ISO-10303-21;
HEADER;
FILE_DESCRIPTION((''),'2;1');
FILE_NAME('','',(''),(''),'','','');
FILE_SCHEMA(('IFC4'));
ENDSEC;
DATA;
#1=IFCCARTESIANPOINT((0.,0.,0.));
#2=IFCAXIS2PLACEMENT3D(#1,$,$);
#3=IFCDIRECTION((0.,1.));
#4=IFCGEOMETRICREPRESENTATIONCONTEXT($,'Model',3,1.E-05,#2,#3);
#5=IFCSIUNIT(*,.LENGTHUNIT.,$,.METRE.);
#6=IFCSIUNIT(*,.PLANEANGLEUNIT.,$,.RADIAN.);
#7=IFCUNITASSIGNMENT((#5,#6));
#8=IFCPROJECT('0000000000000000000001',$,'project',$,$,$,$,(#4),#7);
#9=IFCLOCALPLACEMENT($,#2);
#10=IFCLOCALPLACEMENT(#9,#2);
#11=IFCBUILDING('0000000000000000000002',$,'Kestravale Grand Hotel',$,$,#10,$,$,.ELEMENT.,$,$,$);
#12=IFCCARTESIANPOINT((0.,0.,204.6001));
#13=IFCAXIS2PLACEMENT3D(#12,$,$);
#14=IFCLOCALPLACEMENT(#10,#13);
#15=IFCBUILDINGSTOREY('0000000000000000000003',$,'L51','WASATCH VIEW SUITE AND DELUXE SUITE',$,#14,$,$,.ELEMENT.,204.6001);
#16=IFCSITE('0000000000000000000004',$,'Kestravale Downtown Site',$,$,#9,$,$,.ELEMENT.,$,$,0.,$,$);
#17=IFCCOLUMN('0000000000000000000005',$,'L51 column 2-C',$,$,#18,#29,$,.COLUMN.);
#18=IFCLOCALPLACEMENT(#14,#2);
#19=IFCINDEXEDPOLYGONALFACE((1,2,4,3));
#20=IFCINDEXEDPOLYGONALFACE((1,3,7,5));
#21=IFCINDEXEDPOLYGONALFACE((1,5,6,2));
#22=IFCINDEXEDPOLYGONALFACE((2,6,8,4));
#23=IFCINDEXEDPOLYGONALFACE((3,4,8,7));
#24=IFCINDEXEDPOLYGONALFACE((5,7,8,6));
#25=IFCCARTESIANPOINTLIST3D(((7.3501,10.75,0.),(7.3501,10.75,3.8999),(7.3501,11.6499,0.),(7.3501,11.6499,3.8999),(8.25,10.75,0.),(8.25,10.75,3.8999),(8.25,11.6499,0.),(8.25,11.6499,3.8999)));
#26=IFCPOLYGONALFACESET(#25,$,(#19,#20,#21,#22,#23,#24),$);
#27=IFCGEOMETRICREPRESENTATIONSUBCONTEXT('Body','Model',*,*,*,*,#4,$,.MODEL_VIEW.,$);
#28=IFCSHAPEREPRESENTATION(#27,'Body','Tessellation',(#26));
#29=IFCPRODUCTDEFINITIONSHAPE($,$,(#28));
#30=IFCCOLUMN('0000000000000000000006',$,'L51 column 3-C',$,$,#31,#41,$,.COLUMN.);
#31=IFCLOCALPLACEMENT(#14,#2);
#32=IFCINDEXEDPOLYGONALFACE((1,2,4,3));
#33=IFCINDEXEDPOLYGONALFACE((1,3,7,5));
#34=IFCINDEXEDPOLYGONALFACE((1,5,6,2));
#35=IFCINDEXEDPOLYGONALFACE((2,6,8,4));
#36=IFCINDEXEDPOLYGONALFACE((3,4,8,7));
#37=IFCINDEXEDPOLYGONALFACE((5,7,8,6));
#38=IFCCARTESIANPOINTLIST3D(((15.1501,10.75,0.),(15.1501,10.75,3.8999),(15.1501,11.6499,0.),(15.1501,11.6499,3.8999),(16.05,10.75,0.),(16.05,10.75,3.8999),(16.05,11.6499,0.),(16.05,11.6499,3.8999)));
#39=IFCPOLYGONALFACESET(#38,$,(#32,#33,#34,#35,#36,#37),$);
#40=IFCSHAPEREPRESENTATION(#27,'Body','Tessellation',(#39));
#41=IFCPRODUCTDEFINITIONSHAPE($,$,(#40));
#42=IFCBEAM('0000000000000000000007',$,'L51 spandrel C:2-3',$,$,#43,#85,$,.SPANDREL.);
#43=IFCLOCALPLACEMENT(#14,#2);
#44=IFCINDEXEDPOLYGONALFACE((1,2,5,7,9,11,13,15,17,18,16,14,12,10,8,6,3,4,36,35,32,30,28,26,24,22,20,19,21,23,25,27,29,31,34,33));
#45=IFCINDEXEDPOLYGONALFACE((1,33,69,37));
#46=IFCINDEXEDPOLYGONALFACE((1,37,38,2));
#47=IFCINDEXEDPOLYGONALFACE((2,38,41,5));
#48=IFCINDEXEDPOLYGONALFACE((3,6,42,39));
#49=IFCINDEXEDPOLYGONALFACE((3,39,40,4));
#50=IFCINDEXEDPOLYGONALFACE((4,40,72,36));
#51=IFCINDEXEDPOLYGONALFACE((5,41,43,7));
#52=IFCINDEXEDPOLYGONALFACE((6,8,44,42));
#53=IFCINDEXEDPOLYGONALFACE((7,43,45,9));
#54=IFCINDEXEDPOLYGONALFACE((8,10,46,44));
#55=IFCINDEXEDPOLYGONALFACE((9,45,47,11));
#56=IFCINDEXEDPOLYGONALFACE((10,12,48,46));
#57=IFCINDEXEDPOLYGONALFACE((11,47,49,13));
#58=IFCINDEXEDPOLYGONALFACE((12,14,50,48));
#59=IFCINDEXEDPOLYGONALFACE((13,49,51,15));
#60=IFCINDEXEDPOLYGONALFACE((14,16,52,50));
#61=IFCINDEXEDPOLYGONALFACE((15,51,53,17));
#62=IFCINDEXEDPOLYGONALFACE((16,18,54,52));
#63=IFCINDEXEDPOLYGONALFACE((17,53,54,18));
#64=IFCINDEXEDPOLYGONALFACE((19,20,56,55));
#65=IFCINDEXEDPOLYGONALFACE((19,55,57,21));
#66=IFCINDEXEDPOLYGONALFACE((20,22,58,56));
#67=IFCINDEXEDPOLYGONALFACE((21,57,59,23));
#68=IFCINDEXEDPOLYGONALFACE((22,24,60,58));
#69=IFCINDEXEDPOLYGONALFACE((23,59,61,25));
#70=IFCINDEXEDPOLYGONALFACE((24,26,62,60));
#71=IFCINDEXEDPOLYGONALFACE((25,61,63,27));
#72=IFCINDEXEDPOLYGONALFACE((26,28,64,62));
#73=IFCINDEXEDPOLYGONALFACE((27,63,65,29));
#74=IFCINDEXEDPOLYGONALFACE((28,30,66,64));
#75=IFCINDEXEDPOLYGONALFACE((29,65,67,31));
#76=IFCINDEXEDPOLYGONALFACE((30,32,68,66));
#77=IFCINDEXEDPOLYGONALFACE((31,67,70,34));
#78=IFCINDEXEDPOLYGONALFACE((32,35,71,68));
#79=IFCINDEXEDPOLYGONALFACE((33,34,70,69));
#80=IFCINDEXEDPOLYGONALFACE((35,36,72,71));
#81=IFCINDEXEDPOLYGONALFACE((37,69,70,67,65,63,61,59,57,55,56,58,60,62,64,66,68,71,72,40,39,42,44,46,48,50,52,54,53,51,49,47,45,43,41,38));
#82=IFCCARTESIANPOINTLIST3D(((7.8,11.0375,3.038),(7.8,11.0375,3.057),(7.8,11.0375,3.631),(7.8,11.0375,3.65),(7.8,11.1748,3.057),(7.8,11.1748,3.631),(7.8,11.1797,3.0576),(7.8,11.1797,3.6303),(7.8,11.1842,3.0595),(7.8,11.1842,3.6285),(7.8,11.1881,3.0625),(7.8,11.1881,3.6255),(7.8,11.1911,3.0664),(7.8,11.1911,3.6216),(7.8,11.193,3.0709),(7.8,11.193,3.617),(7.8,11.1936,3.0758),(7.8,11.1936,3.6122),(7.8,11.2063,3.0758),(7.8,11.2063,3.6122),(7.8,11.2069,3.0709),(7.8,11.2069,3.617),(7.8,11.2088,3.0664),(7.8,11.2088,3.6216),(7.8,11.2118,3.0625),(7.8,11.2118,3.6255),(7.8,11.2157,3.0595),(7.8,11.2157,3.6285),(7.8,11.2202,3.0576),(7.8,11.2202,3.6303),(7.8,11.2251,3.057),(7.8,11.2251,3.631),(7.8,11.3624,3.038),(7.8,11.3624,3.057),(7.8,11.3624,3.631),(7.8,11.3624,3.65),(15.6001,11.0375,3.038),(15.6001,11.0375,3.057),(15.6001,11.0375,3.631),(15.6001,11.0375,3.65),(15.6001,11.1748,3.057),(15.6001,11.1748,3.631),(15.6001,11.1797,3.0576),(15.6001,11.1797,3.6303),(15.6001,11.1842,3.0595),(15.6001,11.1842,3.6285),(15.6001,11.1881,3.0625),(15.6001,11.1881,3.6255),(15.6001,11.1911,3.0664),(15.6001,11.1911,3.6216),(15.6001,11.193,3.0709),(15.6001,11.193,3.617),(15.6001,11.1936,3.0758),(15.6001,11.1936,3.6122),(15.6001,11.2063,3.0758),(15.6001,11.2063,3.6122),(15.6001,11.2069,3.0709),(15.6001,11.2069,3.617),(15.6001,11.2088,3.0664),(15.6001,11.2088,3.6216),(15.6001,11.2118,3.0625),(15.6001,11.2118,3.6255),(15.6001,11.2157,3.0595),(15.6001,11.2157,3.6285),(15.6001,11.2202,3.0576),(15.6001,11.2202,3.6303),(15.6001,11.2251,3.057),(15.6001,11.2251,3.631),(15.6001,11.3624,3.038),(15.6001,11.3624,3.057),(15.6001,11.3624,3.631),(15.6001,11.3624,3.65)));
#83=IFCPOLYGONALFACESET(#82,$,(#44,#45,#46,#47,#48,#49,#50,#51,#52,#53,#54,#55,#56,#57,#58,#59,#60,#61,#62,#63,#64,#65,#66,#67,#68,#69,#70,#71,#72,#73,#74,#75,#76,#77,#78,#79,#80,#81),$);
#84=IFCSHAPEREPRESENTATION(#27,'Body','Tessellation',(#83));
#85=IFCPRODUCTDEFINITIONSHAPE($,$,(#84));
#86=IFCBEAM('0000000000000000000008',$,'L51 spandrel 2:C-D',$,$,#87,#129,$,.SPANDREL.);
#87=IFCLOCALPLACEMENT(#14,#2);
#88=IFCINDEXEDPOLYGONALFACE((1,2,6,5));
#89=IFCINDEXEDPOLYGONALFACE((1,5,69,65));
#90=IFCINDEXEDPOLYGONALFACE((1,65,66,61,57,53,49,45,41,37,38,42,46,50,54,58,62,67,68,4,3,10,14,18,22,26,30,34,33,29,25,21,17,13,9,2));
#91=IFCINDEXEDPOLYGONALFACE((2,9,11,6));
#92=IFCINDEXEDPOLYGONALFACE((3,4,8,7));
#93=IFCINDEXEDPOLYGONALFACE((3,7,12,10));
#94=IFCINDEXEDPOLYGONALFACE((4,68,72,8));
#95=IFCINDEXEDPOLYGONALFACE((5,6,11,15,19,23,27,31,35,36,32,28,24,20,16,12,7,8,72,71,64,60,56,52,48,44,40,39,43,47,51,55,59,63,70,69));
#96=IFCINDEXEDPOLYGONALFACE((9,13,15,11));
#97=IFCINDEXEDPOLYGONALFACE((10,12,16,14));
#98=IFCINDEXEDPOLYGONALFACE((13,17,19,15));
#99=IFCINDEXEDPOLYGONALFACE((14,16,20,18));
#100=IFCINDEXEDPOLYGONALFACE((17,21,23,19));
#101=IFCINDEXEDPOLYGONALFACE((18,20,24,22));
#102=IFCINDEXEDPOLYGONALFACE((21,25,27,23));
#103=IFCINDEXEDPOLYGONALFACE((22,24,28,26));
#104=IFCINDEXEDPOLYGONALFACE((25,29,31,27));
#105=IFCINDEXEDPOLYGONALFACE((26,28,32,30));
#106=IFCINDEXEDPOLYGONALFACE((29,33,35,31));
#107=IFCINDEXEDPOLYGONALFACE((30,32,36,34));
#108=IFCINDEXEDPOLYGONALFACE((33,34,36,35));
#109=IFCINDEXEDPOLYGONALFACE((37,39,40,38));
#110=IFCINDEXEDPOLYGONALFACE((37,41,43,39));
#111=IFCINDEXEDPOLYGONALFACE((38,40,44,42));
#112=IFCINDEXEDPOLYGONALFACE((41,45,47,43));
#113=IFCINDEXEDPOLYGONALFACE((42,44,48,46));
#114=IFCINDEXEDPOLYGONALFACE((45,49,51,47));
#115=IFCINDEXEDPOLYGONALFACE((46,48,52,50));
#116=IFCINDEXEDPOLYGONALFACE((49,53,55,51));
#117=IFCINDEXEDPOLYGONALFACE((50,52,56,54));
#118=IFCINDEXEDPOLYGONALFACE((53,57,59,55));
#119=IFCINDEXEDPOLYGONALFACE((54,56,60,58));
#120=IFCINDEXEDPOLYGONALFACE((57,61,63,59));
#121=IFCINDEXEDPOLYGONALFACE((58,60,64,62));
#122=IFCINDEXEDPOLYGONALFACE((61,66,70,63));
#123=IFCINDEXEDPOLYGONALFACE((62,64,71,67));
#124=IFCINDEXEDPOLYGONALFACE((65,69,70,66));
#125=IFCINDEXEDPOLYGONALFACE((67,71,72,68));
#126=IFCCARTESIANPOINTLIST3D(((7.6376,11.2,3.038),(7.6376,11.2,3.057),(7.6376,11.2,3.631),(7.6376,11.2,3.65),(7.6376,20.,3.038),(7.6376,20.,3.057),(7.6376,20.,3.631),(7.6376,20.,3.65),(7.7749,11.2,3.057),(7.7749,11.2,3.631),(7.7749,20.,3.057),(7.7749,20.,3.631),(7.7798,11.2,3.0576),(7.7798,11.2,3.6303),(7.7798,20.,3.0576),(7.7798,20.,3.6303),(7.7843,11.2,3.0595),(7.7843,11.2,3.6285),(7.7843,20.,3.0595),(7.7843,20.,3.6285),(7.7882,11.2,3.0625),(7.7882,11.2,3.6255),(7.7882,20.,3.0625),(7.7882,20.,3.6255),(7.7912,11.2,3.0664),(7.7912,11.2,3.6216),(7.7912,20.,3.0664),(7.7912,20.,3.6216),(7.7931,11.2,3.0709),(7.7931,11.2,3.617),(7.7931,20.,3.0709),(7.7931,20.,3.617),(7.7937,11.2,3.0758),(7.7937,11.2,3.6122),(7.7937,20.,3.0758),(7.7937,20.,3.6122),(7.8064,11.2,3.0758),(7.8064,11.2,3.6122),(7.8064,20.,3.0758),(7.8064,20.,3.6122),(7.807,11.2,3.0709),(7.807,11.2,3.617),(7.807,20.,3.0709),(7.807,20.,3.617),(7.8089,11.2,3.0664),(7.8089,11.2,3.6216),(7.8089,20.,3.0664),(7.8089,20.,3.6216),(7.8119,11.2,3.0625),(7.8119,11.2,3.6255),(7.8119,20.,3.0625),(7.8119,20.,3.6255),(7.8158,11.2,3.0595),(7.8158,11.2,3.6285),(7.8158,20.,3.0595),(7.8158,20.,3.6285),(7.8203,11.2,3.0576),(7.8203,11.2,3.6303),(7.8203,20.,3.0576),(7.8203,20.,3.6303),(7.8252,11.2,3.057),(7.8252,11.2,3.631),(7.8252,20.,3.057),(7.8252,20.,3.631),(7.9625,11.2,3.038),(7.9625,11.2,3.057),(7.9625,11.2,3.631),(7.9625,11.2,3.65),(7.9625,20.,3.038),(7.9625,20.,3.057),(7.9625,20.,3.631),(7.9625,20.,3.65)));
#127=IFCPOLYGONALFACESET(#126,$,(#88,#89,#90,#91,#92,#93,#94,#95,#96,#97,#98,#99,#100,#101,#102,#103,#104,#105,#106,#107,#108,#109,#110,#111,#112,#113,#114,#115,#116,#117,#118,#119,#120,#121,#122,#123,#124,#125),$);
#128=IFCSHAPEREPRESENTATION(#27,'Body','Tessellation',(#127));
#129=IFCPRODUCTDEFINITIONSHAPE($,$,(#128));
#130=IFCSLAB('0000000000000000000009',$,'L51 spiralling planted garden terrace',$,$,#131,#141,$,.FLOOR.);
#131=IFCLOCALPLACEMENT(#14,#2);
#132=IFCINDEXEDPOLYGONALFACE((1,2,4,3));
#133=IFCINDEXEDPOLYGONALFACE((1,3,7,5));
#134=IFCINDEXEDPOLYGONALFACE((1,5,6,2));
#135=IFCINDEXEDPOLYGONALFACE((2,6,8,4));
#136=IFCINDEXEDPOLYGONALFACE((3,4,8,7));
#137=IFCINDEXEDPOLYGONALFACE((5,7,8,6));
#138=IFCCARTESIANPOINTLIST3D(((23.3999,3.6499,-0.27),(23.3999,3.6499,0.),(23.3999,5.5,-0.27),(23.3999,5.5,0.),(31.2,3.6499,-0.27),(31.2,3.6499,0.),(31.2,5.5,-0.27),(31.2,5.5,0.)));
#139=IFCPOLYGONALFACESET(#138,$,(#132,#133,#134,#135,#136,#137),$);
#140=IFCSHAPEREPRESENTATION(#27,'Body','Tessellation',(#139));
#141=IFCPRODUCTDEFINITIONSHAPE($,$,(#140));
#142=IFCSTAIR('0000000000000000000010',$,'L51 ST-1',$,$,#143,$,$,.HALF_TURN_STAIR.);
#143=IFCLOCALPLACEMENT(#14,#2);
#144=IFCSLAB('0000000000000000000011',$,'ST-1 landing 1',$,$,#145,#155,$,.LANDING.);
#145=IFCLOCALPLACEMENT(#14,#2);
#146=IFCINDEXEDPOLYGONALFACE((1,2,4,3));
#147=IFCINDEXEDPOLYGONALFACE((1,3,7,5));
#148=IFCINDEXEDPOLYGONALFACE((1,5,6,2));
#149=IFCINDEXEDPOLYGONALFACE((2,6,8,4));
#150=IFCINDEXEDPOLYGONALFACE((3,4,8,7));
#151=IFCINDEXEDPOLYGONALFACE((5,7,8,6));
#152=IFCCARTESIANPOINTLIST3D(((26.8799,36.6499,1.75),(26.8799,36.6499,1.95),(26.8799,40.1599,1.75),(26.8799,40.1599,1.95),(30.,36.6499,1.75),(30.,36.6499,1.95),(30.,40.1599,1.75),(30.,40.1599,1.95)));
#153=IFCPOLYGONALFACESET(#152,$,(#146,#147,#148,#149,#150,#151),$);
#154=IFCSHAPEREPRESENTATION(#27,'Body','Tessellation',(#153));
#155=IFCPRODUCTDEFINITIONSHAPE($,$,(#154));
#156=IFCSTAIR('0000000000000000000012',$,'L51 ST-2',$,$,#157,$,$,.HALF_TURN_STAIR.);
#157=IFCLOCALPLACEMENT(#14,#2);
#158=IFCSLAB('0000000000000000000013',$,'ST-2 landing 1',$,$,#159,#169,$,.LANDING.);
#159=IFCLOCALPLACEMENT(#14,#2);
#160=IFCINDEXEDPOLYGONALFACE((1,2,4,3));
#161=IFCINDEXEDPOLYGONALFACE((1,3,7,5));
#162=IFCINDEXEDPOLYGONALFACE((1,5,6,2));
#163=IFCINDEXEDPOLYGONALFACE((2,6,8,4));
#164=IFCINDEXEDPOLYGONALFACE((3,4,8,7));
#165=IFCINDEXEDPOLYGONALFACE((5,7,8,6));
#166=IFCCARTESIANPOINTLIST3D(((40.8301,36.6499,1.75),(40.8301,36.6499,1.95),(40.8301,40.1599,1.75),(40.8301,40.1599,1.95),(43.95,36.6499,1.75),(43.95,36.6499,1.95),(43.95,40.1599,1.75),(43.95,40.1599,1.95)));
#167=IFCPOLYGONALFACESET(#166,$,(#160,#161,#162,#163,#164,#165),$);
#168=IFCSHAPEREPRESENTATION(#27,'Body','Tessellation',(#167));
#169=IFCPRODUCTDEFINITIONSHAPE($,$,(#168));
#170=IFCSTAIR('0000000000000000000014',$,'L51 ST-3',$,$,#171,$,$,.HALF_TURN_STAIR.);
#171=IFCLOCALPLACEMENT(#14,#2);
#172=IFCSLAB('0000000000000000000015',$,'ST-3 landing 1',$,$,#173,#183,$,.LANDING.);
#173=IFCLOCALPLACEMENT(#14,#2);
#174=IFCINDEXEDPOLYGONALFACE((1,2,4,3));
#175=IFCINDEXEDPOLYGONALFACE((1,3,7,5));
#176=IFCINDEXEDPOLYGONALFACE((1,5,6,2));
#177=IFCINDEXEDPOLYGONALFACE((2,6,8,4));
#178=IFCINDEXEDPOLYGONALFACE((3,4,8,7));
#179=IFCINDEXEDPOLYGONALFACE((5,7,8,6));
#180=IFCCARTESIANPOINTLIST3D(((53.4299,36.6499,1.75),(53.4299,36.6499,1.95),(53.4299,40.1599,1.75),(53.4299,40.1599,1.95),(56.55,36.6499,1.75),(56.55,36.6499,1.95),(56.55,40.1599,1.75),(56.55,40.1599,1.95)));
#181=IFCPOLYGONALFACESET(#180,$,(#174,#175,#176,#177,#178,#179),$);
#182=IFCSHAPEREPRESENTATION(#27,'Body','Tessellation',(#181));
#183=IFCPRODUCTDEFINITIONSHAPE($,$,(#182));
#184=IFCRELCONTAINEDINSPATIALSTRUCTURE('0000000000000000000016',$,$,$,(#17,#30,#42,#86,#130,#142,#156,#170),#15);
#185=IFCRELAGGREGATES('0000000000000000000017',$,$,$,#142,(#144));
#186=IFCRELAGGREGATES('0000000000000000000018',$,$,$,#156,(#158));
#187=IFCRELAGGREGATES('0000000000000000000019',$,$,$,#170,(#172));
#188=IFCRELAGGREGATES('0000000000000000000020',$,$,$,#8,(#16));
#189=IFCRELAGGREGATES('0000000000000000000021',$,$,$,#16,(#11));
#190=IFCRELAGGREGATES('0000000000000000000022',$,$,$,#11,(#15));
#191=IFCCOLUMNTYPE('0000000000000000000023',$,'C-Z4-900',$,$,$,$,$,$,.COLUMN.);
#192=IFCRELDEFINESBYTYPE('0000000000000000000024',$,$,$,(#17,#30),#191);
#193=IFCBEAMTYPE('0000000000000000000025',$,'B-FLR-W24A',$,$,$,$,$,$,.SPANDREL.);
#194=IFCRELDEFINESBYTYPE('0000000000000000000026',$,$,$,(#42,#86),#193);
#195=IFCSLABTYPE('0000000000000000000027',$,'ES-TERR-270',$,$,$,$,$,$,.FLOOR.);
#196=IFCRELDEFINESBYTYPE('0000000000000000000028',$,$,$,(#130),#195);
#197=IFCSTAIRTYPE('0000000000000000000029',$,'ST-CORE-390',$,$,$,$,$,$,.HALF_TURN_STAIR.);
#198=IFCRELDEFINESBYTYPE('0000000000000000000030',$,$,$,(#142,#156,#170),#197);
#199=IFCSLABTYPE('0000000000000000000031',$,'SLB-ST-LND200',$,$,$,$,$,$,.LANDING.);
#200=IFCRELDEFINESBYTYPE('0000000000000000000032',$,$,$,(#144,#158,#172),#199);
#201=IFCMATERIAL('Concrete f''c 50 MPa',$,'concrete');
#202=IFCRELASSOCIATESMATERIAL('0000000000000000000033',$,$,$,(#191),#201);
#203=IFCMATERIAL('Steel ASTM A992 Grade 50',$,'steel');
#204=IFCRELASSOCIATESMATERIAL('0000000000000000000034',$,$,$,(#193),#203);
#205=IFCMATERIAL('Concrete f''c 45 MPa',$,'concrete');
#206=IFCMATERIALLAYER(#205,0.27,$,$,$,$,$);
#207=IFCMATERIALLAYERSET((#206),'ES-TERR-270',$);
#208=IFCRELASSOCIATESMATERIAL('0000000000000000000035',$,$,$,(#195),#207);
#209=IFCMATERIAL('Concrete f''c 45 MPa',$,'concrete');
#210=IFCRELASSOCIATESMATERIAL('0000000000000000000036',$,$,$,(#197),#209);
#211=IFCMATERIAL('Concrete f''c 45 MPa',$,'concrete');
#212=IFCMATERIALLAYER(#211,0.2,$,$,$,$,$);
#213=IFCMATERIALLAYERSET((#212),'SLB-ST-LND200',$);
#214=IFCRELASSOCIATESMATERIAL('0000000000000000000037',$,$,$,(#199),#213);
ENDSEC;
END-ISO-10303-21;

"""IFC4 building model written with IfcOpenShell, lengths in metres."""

from ifc_helpers import new_model, si_unit, direction, frame, origin, origin_2d, place, context, subcontext, project, spatial, polyline, rectangle, i_section, outline, extrude, material, layer, layer_set, material_profile, profile_set, type_object, element, aggregate, save


model = new_model("IFC4")

# Units and contexts
model_context = context("Model", 3, precision=1e-05, world=origin(), true_north=direction((0.0, 1.0)))
body_context = subcontext(model_context, "Body", "Model", "MODEL_VIEW")
ifc_project = project(units=[si_unit("LENGTHUNIT", "METRE"), si_unit("PLANEANGLEUNIT", "RADIAN")], contexts=[model_context])

# Site, building, storey
site_placement = place(None, origin())
site = spatial("IfcSite", under=ifc_project, at=site_placement, Name="Kestravale Downtown Site", CompositionType="ELEMENT", RefElevation=0.0)
building_placement = place(site_placement, origin())
building = spatial("IfcBuilding", under=site, at=building_placement, Name="Kestravale Grand Hotel", CompositionType="ELEMENT")
storey_placement = place(building_placement, frame((0.0, 0.0, 204.6001)))
storey = spatial("IfcBuildingStorey", under=building, at=storey_placement, Name="L51", Description="WASATCH VIEW SUITE AND DELUXE SUITE", CompositionType="ELEMENT", Elevation=204.6001)

# Columns
ifc_material_1 = material(Name="Concrete f'c 50 MPa", Category="concrete")
ifc_material_profile_1 = material_profile(ifc_material_1, rectangle(XDim=0.8999, YDim=0.8999, at=origin_2d()))
ifc_profile_set_1 = profile_set([ifc_material_profile_1], Name="Concrete f'c 50 MPa")
column_type = type_object("IfcColumnType", Name="C-Z4-900", PredefinedType="COLUMN", material=ifc_profile_set_1)
for number, where, z_axis, x_axis, name in (
    (1, (7.8, 11.2, 0.0), (0.0, 0.0, 1.0), (1.0, 0.0, 0.0), "L51 column 2-C"),
    (2, (15.6001, 11.2, 0.0), (0.0, 0.0, 1.0), (1.0, 0.0, 0.0), "L51 column 3-C"),
):
    element("IfcColumn", number, at=place(storey_placement, frame(where, z_axis=z_axis, x_axis=x_axis)), inside=storey, type_object=column_type, Name=name, PredefinedType="COLUMN", context=body_context, shape_type="SweptSolid", body=[
        extrude(rectangle(XDim=0.8999, YDim=0.8999, at=origin_2d()), origin(), (0.0, 0.0, 1.0), 3.8999),
    ])

# Beams
ifc_material_2 = material(Name="Steel ASTM A992 Grade 50", Category="steel")
ifc_material_profile_2 = material_profile(ifc_material_2, i_section(OverallWidth=0.325, OverallDepth=0.6121, WebThickness=0.0127, FlangeThickness=0.019, FilletRadius=0.0188, at=origin_2d()))
ifc_profile_set_2 = profile_set([ifc_material_profile_2], Name="Steel ASTM A992 Grade 50")
beam_type = type_object("IfcBeamType", Name="B-FLR-W24A", PredefinedType="SPANDREL", material=ifc_profile_set_2)
beam_1_placement = place(storey_placement, frame((7.8, 11.2, 3.344), z_axis=(1.0, 0.0, 0.0), x_axis=(0.0, 1.0, 0.0)))
element("IfcBeam", 3, at=beam_1_placement, inside=storey, type_object=beam_type, Name="L51 spandrel C:2-3", PredefinedType="SPANDREL", context=body_context, shape_type="SweptSolid", body=[
    extrude(i_section(OverallWidth=0.325, OverallDepth=0.6121, WebThickness=0.0127, FlangeThickness=0.019, FilletRadius=0.0188, at=origin_2d()), origin(), (0.0, 0.0, 1.0), 7.8),
])
beam_2_placement = place(storey_placement, frame((7.8, 11.2, 3.344), z_axis=(0.0, 1.0, 0.0), x_axis=(-1.0, 0.0, 0.0)))
element("IfcBeam", 4, at=beam_2_placement, inside=storey, type_object=beam_type, Name="L51 spandrel 2:C-D", PredefinedType="SPANDREL", context=body_context, shape_type="SweptSolid", body=[
    extrude(i_section(OverallWidth=0.325, OverallDepth=0.6121, WebThickness=0.0127, FlangeThickness=0.019, FilletRadius=0.0188, at=origin_2d()), origin(), (0.0, 0.0, 1.0), 8.8),
])

# Slab
ifc_material_3 = material(Name="Concrete f'c 45 MPa", Category="concrete")
ifc_layer_1 = layer(ifc_material_3, 0.27)
ifc_layer_set_1 = layer_set([ifc_layer_1], Name="ES-TERR-270")
slab_type_1 = type_object("IfcSlabType", Name="ES-TERR-270", PredefinedType="FLOOR", material=ifc_layer_set_1)
slab_1_placement = place(storey_placement, frame((0.0, 0.0, -0.27)))
element("IfcSlab", 5, at=slab_1_placement, inside=storey, type_object=slab_type_1, Name="L51 spiralling planted garden terrace", PredefinedType="FLOOR", context=body_context, shape_type="SweptSolid", body=[
    extrude(outline(polyline([(23.3999, 3.6499), (31.2, 3.6499), (31.2, 5.5), (23.3999, 5.5), (23.3999, 3.6499)])), origin(), (0.0, 0.0, 1.0), 0.27),
])

# Stairs, slabs
ifc_material_4 = material(Name="Concrete f'c 45 MPa", Category="concrete")
stair_type = type_object("IfcStairType", Name="ST-CORE-390", PredefinedType="HALF_TURN_STAIR", material=ifc_material_4)
stair_1_placement = place(storey_placement, origin())
stair_1 = element("IfcStair", 6, at=stair_1_placement, inside=storey, type_object=stair_type, Name="L51 ST-1", PredefinedType="HALF_TURN_STAIR")
ifc_material_5 = material(Name="Concrete f'c 45 MPa", Category="concrete")
ifc_layer_2 = layer(ifc_material_5, 0.2)
ifc_layer_set_2 = layer_set([ifc_layer_2], Name="SLB-ST-LND200")
slab_type_2 = type_object("IfcSlabType", Name="SLB-ST-LND200", PredefinedType="LANDING", material=ifc_layer_set_2)
slab_2_placement = place(storey_placement, frame((0.0, 0.0, 1.75)))
slab_2 = element("IfcSlab", 7, at=slab_2_placement, type_object=slab_type_2, Name="ST-1 landing 1", PredefinedType="LANDING", context=body_context, shape_type="SweptSolid", body=[
    extrude(outline(polyline([(26.8799, 36.6499), (30.0, 36.6499), (30.0, 40.1599), (26.8799, 40.1599), (26.8799, 36.6499)])), origin(), (0.0, 0.0, 1.0), 0.2),
])
aggregate(stair_1, [slab_2])
stair_2_placement = place(storey_placement, origin())
stair_2 = element("IfcStair", 8, at=stair_2_placement, inside=storey, type_object=stair_type, Name="L51 ST-2", PredefinedType="HALF_TURN_STAIR")
slab_3_placement = place(storey_placement, frame((0.0, 0.0, 1.75)))
slab_3 = element("IfcSlab", 9, at=slab_3_placement, type_object=slab_type_2, Name="ST-2 landing 1", PredefinedType="LANDING", context=body_context, shape_type="SweptSolid", body=[
    extrude(outline(polyline([(40.8301, 36.6499), (43.95, 36.6499), (43.95, 40.1599), (40.8301, 40.1599), (40.8301, 36.6499)])), origin(), (0.0, 0.0, 1.0), 0.2),
])
aggregate(stair_2, [slab_3])
stair_3_placement = place(storey_placement, origin())
stair_3 = element("IfcStair", 10, at=stair_3_placement, inside=storey, type_object=stair_type, Name="L51 ST-3", PredefinedType="HALF_TURN_STAIR")
slab_4_placement = place(storey_placement, frame((0.0, 0.0, 1.75)))
slab_4 = element("IfcSlab", 11, at=slab_4_placement, type_object=slab_type_2, Name="ST-3 landing 1", PredefinedType="LANDING", context=body_context, shape_type="SweptSolid", body=[
    extrude(outline(polyline([(53.4299, 36.6499), (56.55, 36.6499), (56.55, 40.1599), (53.4299, 40.1599), (53.4299, 36.6499)])), origin(), (0.0, 0.0, 1.0), 0.2),
])
aggregate(stair_3, [slab_4])

save(model, "model.ifc")
